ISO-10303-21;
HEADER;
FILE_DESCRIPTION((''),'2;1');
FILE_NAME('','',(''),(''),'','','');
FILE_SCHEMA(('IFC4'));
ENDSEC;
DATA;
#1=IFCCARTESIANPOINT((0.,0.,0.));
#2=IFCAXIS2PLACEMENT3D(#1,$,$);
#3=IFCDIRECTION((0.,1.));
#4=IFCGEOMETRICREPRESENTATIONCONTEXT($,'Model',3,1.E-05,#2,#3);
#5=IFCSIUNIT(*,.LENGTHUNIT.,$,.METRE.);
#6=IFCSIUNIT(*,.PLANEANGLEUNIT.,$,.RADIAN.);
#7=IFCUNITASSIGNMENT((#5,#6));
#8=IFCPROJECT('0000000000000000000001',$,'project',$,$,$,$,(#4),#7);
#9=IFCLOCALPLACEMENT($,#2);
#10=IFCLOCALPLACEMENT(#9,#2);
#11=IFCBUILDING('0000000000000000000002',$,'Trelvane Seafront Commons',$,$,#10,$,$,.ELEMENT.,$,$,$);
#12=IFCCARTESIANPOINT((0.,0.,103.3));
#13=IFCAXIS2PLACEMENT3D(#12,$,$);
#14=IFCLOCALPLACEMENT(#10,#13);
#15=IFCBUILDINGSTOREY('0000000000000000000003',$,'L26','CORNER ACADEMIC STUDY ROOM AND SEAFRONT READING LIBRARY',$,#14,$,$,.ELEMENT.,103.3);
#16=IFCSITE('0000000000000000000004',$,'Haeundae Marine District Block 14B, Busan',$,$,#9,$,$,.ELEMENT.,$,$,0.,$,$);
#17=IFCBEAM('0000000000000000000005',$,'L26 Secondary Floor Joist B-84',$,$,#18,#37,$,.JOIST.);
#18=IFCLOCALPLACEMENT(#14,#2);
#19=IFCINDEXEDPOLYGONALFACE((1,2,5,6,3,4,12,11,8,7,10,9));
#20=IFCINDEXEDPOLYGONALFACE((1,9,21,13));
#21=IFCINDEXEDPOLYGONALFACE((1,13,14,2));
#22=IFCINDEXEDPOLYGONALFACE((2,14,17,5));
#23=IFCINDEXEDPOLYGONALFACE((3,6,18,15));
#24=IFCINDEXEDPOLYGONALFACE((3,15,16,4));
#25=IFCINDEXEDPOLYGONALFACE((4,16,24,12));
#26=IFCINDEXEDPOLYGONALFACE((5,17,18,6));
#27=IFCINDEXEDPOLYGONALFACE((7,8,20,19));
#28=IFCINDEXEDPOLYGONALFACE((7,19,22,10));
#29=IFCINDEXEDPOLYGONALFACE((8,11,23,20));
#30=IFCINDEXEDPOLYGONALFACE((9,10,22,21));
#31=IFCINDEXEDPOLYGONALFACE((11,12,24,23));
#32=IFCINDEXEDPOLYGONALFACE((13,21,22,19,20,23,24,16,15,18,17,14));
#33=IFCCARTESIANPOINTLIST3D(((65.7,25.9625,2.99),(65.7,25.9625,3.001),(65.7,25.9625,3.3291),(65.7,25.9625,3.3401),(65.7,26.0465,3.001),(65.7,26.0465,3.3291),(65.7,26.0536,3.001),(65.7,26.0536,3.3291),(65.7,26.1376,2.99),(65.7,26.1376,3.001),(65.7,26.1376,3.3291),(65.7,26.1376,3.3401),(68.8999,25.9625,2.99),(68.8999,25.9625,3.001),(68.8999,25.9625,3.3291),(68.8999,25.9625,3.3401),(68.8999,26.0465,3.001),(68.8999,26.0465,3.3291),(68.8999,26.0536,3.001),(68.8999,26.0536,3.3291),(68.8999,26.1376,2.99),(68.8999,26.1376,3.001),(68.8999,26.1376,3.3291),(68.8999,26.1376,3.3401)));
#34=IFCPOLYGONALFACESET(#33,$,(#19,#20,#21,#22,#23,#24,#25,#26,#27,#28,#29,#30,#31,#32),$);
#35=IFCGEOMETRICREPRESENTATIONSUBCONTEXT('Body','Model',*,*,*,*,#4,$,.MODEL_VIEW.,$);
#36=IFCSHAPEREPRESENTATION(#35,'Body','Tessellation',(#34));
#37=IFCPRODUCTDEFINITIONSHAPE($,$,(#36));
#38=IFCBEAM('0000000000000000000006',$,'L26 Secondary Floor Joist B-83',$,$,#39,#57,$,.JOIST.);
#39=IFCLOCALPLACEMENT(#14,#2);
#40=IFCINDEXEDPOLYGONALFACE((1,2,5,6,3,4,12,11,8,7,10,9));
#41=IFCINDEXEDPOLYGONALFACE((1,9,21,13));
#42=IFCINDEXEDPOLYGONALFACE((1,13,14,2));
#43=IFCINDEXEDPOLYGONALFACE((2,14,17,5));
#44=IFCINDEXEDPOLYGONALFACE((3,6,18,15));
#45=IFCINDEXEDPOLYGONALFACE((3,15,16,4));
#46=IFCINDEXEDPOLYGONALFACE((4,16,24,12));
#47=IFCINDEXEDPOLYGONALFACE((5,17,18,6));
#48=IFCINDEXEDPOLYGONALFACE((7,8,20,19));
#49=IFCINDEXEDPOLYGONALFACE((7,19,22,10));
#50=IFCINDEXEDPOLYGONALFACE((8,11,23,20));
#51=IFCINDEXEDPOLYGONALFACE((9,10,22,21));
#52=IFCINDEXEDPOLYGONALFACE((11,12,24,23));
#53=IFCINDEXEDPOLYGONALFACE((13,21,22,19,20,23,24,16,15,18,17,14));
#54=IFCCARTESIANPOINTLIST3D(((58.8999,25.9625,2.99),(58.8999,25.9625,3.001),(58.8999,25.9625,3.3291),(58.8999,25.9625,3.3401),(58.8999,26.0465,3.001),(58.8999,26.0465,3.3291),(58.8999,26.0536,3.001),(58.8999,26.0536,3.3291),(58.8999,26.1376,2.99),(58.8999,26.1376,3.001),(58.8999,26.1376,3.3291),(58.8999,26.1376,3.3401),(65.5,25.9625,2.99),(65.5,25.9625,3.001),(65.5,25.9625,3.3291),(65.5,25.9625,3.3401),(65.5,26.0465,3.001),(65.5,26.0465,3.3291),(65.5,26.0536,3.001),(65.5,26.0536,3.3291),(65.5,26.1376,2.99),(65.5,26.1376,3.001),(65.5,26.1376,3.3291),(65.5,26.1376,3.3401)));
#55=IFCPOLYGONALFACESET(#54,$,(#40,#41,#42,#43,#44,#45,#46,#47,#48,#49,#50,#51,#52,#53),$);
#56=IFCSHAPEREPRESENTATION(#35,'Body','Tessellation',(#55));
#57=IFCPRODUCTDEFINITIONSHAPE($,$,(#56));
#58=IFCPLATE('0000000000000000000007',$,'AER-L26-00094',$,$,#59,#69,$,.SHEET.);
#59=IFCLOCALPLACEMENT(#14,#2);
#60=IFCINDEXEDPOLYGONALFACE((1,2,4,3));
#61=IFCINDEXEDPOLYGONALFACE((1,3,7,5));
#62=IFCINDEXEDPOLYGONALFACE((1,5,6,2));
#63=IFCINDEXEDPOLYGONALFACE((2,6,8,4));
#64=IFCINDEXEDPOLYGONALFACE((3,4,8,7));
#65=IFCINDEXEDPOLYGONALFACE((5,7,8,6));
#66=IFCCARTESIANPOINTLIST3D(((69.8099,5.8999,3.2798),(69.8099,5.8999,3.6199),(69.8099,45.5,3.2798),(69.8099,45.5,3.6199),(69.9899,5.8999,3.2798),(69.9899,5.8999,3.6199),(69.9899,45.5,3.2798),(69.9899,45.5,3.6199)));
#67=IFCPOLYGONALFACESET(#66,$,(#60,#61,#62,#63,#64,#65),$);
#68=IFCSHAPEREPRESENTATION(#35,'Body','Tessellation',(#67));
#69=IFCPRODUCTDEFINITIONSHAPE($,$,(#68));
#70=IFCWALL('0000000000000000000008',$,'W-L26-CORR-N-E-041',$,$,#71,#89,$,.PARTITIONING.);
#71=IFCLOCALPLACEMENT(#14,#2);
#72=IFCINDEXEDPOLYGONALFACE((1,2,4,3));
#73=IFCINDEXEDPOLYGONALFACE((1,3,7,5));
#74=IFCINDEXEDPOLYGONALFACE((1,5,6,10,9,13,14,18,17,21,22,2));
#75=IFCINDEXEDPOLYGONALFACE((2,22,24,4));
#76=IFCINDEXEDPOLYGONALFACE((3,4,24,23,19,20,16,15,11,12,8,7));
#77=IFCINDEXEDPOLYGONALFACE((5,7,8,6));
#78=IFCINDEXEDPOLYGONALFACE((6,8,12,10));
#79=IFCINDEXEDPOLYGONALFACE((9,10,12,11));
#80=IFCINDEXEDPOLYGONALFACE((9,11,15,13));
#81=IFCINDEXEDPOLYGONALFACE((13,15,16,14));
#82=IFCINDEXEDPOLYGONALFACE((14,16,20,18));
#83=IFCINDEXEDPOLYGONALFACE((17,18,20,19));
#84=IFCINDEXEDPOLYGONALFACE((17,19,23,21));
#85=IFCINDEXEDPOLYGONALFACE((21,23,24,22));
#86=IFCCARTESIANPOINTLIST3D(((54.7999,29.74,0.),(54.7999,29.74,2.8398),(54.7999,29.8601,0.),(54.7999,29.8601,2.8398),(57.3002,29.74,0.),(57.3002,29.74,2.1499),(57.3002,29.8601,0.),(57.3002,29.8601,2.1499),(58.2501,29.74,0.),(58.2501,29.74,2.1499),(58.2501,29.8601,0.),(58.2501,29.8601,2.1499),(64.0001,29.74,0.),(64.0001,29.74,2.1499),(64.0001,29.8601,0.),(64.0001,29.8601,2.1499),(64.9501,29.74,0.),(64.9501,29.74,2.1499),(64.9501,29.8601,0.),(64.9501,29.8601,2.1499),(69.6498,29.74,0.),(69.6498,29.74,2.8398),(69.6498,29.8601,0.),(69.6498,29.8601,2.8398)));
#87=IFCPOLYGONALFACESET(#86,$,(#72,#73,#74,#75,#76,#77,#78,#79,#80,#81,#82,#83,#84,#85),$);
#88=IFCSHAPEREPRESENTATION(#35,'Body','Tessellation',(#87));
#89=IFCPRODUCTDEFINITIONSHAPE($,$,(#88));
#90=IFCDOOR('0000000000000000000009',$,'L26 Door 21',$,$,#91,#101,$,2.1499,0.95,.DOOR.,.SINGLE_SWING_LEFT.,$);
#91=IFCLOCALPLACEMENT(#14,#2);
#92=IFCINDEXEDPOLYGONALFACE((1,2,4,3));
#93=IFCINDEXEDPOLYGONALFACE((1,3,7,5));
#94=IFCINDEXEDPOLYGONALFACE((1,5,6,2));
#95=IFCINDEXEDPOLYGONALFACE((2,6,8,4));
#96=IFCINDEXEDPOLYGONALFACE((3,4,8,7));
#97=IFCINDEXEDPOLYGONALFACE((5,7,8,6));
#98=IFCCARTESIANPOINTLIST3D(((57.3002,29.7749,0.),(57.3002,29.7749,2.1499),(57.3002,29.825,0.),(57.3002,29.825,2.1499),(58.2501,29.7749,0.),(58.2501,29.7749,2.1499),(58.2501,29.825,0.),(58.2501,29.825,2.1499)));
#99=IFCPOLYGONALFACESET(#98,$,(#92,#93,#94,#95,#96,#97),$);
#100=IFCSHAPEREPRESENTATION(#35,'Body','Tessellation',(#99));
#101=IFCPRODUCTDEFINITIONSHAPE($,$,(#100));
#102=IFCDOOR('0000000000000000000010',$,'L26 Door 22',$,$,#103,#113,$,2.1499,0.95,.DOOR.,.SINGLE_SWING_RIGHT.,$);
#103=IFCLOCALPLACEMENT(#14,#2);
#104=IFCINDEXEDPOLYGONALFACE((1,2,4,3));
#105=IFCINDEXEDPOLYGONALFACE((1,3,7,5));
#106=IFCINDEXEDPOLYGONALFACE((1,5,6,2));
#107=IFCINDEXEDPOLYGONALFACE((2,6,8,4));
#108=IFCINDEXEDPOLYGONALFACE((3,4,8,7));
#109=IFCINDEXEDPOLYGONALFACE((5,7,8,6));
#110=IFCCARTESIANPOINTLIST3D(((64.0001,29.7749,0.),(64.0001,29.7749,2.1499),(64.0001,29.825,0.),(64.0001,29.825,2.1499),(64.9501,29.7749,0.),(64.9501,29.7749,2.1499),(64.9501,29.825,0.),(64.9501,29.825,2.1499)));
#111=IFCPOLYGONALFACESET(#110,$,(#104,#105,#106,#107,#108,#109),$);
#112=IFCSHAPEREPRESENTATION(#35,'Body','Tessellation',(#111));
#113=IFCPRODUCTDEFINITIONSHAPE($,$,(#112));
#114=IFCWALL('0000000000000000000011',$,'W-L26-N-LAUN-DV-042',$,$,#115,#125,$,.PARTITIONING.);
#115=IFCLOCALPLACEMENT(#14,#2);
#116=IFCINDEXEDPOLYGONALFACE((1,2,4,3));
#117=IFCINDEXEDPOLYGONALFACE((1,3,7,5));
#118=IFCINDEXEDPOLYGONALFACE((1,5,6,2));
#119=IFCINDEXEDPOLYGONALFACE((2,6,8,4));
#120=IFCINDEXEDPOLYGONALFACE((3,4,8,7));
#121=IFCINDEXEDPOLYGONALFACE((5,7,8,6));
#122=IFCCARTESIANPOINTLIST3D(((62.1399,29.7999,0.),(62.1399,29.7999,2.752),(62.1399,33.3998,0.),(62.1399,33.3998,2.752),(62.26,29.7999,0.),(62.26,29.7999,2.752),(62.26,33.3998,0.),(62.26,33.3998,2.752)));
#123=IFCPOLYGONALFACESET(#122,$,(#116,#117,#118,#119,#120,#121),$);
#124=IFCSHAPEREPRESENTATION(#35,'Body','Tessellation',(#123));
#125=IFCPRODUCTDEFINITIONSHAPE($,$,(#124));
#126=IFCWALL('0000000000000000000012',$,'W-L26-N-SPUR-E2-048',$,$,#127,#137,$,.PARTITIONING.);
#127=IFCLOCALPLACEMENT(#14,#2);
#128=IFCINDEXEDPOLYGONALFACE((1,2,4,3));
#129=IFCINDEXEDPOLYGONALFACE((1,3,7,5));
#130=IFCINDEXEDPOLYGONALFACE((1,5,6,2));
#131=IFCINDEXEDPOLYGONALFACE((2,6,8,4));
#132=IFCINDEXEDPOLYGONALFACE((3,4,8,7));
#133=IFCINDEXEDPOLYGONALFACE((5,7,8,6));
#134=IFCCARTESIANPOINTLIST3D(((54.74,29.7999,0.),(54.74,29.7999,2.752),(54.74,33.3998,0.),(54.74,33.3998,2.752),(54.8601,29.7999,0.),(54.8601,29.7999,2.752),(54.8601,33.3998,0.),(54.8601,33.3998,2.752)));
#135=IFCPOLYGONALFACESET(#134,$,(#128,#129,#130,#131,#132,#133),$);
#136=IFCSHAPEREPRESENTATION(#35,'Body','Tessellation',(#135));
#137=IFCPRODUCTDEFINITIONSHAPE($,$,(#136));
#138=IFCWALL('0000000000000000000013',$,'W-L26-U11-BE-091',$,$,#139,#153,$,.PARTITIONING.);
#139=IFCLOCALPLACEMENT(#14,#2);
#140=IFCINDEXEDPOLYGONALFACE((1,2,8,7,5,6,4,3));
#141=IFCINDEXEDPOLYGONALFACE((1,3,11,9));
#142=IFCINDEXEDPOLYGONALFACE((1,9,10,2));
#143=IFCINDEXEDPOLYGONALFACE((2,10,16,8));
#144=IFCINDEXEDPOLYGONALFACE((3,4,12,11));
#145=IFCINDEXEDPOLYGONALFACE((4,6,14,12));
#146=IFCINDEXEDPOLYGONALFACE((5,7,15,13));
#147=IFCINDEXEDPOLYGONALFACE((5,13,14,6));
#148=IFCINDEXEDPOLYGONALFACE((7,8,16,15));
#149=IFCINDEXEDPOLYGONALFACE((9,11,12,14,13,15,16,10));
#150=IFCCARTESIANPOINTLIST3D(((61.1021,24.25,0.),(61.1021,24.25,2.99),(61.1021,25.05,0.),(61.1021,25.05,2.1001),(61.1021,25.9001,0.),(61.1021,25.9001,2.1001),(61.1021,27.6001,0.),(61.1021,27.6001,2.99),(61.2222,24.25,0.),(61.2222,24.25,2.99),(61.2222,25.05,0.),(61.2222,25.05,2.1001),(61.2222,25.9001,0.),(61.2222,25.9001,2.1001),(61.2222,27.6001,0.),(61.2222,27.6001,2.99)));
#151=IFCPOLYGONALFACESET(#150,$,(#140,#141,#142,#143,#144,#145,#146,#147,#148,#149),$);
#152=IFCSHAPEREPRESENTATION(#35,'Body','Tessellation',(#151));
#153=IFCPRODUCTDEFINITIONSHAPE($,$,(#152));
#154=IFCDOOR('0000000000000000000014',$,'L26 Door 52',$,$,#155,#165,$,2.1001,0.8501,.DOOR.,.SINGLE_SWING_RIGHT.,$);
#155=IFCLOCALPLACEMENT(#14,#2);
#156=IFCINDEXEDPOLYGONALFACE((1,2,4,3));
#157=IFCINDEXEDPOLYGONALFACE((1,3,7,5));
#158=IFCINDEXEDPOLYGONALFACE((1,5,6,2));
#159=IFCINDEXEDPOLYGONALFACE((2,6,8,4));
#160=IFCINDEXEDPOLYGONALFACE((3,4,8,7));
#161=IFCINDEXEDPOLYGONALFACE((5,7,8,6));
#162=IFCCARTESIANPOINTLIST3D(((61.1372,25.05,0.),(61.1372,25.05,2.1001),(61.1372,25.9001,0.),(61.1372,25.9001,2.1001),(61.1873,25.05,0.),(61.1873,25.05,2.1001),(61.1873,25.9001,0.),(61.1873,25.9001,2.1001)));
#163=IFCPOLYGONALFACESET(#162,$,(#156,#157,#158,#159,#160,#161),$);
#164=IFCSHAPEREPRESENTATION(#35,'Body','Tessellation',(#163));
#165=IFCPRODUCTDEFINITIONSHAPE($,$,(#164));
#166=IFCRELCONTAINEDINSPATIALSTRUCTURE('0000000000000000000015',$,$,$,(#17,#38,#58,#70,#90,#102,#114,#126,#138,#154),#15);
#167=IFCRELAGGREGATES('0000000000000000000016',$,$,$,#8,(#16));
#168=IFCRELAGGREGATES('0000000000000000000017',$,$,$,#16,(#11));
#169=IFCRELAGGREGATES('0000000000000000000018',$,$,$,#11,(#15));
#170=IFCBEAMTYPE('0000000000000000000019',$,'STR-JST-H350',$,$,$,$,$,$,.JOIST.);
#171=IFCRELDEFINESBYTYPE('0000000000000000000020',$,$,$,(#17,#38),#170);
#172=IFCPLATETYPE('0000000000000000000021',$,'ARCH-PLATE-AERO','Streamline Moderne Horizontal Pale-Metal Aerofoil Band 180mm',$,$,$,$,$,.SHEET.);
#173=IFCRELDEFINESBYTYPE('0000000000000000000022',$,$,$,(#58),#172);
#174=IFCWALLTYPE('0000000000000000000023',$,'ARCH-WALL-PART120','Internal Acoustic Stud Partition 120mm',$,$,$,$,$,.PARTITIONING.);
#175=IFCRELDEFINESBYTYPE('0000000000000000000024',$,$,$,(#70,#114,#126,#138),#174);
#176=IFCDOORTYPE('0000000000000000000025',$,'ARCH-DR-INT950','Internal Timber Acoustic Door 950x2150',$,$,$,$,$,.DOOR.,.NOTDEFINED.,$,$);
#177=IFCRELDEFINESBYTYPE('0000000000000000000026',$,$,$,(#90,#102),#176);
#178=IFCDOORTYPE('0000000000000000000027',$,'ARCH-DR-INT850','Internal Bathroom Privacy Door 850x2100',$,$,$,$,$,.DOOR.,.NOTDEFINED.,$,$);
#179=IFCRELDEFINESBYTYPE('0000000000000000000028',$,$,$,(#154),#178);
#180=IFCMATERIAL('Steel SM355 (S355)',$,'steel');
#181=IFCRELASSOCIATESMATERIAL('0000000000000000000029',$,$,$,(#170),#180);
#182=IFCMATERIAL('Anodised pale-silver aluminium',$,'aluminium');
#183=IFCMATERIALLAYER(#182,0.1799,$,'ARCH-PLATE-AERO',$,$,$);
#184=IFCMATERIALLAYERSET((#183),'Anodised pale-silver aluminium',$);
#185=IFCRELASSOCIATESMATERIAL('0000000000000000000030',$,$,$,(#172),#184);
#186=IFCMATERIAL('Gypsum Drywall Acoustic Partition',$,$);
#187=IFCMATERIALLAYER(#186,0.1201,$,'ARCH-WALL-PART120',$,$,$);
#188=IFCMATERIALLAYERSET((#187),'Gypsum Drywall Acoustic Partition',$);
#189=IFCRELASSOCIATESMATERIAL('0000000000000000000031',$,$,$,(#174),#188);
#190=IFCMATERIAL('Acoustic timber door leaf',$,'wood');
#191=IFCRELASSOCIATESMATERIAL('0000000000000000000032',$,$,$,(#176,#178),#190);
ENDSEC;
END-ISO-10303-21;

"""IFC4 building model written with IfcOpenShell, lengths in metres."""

from ifc_helpers import new_model, si_unit, direction, frame, frame_2d, origin, origin_2d, place, context, subcontext, project, spatial, rectangle, i_section, extrude, source, transform, mapped, material, layer, layer_set, material_profile, profile_set, type_object, element, fill, save


model = new_model("IFC4")

# Units and contexts
model_context = context("Model", 3, precision=1e-05, world=origin(), true_north=direction((0.0, 1.0)))
body_context = subcontext(model_context, "Body", "Model", "MODEL_VIEW")
ifc_project = project(units=[si_unit("LENGTHUNIT", "METRE"), si_unit("PLANEANGLEUNIT", "RADIAN")], contexts=[model_context])

# Site, building, storey
site_placement = place(None, origin())
site = spatial("IfcSite", under=ifc_project, at=site_placement, Name="Haeundae Marine District Block 14B, Busan", CompositionType="ELEMENT", RefElevation=0.0)
building_placement = place(site_placement, origin())
building = spatial("IfcBuilding", under=site, at=building_placement, Name="Trelvane Seafront Commons", CompositionType="ELEMENT")
storey_placement = place(building_placement, frame((0.0, 0.0, 103.3)))
storey = spatial("IfcBuildingStorey", under=building, at=storey_placement, Name="L26", Description="CORNER ACADEMIC STUDY ROOM AND SEAFRONT READING LIBRARY", CompositionType="ELEMENT", Elevation=103.3)

# Beams
ifc_material_1 = material(Name="Steel SM355 (S355)", Category="steel")
ifc_material_profile = material_profile(ifc_material_1, i_section(OverallWidth=0.175, OverallDepth=0.3501, WebThickness=0.0071, FlangeThickness=0.011, at=origin_2d()), Name="H-350x175x7x11")
ifc_profile_set = profile_set([ifc_material_profile], Name="Steel SM355 (S355)")
beam_type = type_object("IfcBeamType", Name="STR-JST-H350", PredefinedType="JOIST", material=ifc_profile_set)
shared_shape_1 = source(origin(), body_context, "Body", "SweptSolid", [
    extrude(i_section(OverallWidth=0.175, OverallDepth=0.3501, WebThickness=0.0071, FlangeThickness=0.011, at=origin_2d()), origin(), (0.0, 0.0, 1.0), 3.2),
])
beam_1_placement = place(storey_placement, frame((65.7, 26.05, 3.165), z_axis=(1.0, 0.0, 0.0), x_axis=(0.0, 1.0, 0.0)))
element("IfcBeam", 1, at=beam_1_placement, inside=storey, type_object=beam_type, Name="L26 Secondary Floor Joist B-84", PredefinedType="JOIST", context=body_context, shape_type="MappedRepresentation", body=[
    mapped(shared_shape_1, transform((0.0, 0.0, 0.0), x_axis=(1.0, 0.0, 0.0), y_axis=(0.0, 1.0, 0.0), z_axis=(0.0, 0.0, 1.0), scale=1.0)),
])
shared_shape_2 = source(origin(), body_context, "Body", "SweptSolid", [
    extrude(i_section(OverallWidth=0.175, OverallDepth=0.3501, WebThickness=0.0071, FlangeThickness=0.011, at=origin_2d()), origin(), (0.0, 0.0, 1.0), 6.6001),
])
beam_2_placement = place(storey_placement, frame((58.8999, 26.05, 3.165), z_axis=(1.0, 0.0, 0.0), x_axis=(0.0, 1.0, 0.0)))
element("IfcBeam", 2, at=beam_2_placement, inside=storey, type_object=beam_type, Name="L26 Secondary Floor Joist B-83", PredefinedType="JOIST", context=body_context, shape_type="MappedRepresentation", body=[
    mapped(shared_shape_2, transform((0.0, 0.0, 0.0), x_axis=(1.0, 0.0, 0.0), y_axis=(0.0, 1.0, 0.0), z_axis=(0.0, 0.0, 1.0), scale=1.0)),
])

# Plate
ifc_material_2 = material(Name="Anodised pale-silver aluminium", Category="aluminium")
ifc_layer_1 = layer(ifc_material_2, 0.1799, Name="ARCH-PLATE-AERO")
ifc_layer_set_1 = layer_set([ifc_layer_1], Name="Anodised pale-silver aluminium")
plate_type = type_object("IfcPlateType", Name="ARCH-PLATE-AERO", Description="Streamline Moderne Horizontal Pale-Metal Aerofoil Band 180mm", PredefinedType="SHEET", material=ifc_layer_set_1)
shared_shape_3 = source(origin(), body_context, "Body", "SweptSolid", [
    extrude(rectangle(XDim=39.6001, YDim=0.1799, at=origin_2d()), origin(), (0.0, 0.0, 1.0), 0.3401),
])
plate_placement = place(storey_placement, frame((69.8999, 25.7, 3.2798), z_axis=(0.0, 0.0, 1.0), x_axis=(0.0, -1.0, 0.0)))
element("IfcPlate", 3, at=plate_placement, inside=storey, type_object=plate_type, Name="AER-L26-00094", PredefinedType="SHEET", context=body_context, shape_type="MappedRepresentation", body=[
    mapped(shared_shape_3, transform((0.0, 0.0, 0.0), x_axis=(1.0, 0.0, 0.0), y_axis=(0.0, 1.0, 0.0), z_axis=(0.0, 0.0, 1.0), scale=1.0)),
])

# Wall, openings, doors
ifc_material_3 = material(Name="Gypsum Drywall Acoustic Partition")
ifc_layer_2 = layer(ifc_material_3, 0.1201, Name="ARCH-WALL-PART120")
ifc_layer_set_2 = layer_set([ifc_layer_2], Name="Gypsum Drywall Acoustic Partition")
wall_type_1 = type_object("IfcWallType", Name="ARCH-WALL-PART120", Description="Internal Acoustic Stud Partition 120mm", PredefinedType="PARTITIONING", material=ifc_layer_set_2)
wall_1_placement = place(storey_placement, frame((54.8, 29.8, 0.0), z_axis=(0.0, 0.0, 1.0), x_axis=(1.0, 0.0, 0.0)))
wall_1 = element("IfcWall", 4, at=wall_1_placement, inside=storey, type_object=wall_type_1, Name="W-L26-CORR-N-E-041", PredefinedType="PARTITIONING", context=body_context, shape_type="SweptSolid", body=[
    extrude(rectangle(XDim=14.8499, YDim=0.1201, at=frame_2d((7.4248, 0.0))), origin(), (0.0, 0.0, 1.0), 2.8398),
])
opening_1_placement = place(wall_1_placement, frame((2.5, 0.0, 0.0)))
opening_1 = element("IfcOpeningElement", 5, at=opening_1_placement, cuts=wall_1, PredefinedType="OPENING", context=body_context, shape_type="SweptSolid", body=[
    extrude(rectangle(XDim=0.95, YDim=2.1499, at=frame_2d((0.4751, 1.075))), frame((0.0, 0.0701, 0.0), z_axis=(0.0, -1.0, 0.0), x_axis=(1.0, 0.0, 0.0)), (0.0, 0.0, 1.0), 0.1401),
])
opening_2_placement = place(wall_1_placement, frame((9.2, 0.0, 0.0)))
opening_2 = element("IfcOpeningElement", 6, at=opening_2_placement, cuts=wall_1, PredefinedType="OPENING", context=body_context, shape_type="SweptSolid", body=[
    extrude(rectangle(XDim=0.95, YDim=2.1499, at=frame_2d((0.4751, 1.075))), frame((0.0, 0.0701, 0.0), z_axis=(0.0, -1.0, 0.0), x_axis=(1.0, 0.0, 0.0)), (0.0, 0.0, 1.0), 0.1401),
])
ifc_material_4 = material(Name="Acoustic timber door leaf", Category="wood")
door_type_1 = type_object("IfcDoorType", Name="ARCH-DR-INT950", Description="Internal Timber Acoustic Door 950x2150", OperationType="NOTDEFINED", PredefinedType="DOOR", material=ifc_material_4)
shared_shape_4 = source(origin(), body_context, "Body", "SweptSolid", [
    extrude(rectangle(XDim=0.95, YDim=2.1499, at=frame_2d((0.4751, 1.075))), frame((0.0, 0.0249, 0.0), z_axis=(0.0, -1.0, 0.0), x_axis=(1.0, 0.0, 0.0)), (0.0, 0.0, 1.0), 0.05),
])
door_1_placement = place(opening_1_placement, origin())
door_1 = element("IfcDoor", 7, at=door_1_placement, inside=storey, type_object=door_type_1, Name="L26 Door 21", OperationType="SINGLE_SWING_LEFT", OverallHeight=2.1499, OverallWidth=0.95, PredefinedType="DOOR", context=body_context, shape_type="MappedRepresentation", body=[
    mapped(shared_shape_4, transform((0.0, 0.0, 0.0), x_axis=(1.0, 0.0, 0.0), y_axis=(0.0, 1.0, 0.0), z_axis=(0.0, 0.0, 1.0), scale=1.0)),
])
fill(opening_1, door_1)
door_2_placement = place(opening_2_placement, origin())
door_2 = element("IfcDoor", 8, at=door_2_placement, inside=storey, type_object=door_type_1, Name="L26 Door 22", OperationType="SINGLE_SWING_RIGHT", OverallHeight=2.1499, OverallWidth=0.95, PredefinedType="DOOR", context=body_context, shape_type="MappedRepresentation", body=[
    mapped(shared_shape_4, transform((0.0, 0.0, 0.0), x_axis=(1.0, 0.0, 0.0), y_axis=(0.0, 1.0, 0.0), z_axis=(0.0, 0.0, 1.0), scale=1.0)),
])
fill(opening_2, door_2)

# Walls
for number, where, z_axis, x_axis, name in (
    (9, (62.2, 29.8, 0.0), (0.0, 0.0, 1.0), (0.0, 1.0, 0.0), "W-L26-N-LAUN-DV-042"),
    (10, (54.8, 29.8, 0.0), (0.0, 0.0, 1.0), (0.0, 1.0, 0.0), "W-L26-N-SPUR-E2-048"),
):
    element("IfcWall", number, at=place(storey_placement, frame(where, z_axis=z_axis, x_axis=x_axis)), inside=storey, type_object=wall_type_1, Name=name, PredefinedType="PARTITIONING", context=body_context, shape_type="SweptSolid", body=[
        extrude(rectangle(XDim=3.5999, YDim=0.1201, at=frame_2d((1.7998, 0.0))), origin(), (0.0, 0.0, 1.0), 2.752),
    ])

# Wall, opening, door
wall_2_placement = place(storey_placement, frame((61.1621, 24.25, 0.0), z_axis=(0.0, 0.0, 1.0), x_axis=(0.0, 1.0, 0.0)))
wall_2 = element("IfcWall", 11, at=wall_2_placement, inside=storey, type_object=wall_type_1, Name="W-L26-U11-BE-091", PredefinedType="PARTITIONING", context=body_context, shape_type="SweptSolid", body=[
    extrude(rectangle(XDim=3.3501, YDim=0.1201, at=frame_2d((1.675, 0.0))), origin(), (0.0, 0.0, 1.0), 2.99),
])
opening_3_placement = place(wall_2_placement, frame((0.8, 0.0, 0.0)))
opening_3 = element("IfcOpeningElement", 12, at=opening_3_placement, cuts=wall_2, PredefinedType="OPENING", context=body_context, shape_type="SweptSolid", body=[
    extrude(rectangle(XDim=0.8501, YDim=2.1001, at=frame_2d((0.425, 1.05))), frame((0.0, 0.0701, 0.0), z_axis=(0.0, -1.0, 0.0), x_axis=(1.0, 0.0, 0.0)), (0.0, 0.0, 1.0), 0.1401),
])
door_type_2 = type_object("IfcDoorType", Name="ARCH-DR-INT850", Description="Internal Bathroom Privacy Door 850x2100", OperationType="NOTDEFINED", PredefinedType="DOOR", material=ifc_material_4)
shared_shape_5 = source(origin(), body_context, "Body", "SweptSolid", [
    extrude(rectangle(XDim=0.8501, YDim=2.1001, at=frame_2d((0.425, 1.05))), frame((0.0, 0.0249, 0.0), z_axis=(0.0, -1.0, 0.0), x_axis=(1.0, 0.0, 0.0)), (0.0, 0.0, 1.0), 0.05),
])
door_3_placement = place(opening_3_placement, origin())
door_3 = element("IfcDoor", 13, at=door_3_placement, inside=storey, type_object=door_type_2, Name="L26 Door 52", OperationType="SINGLE_SWING_RIGHT", OverallHeight=2.1001, OverallWidth=0.8501, PredefinedType="DOOR", context=body_context, shape_type="MappedRepresentation", body=[
    mapped(shared_shape_5, transform((0.0, 0.0, 0.0), x_axis=(1.0, 0.0, 0.0), y_axis=(0.0, 1.0, 0.0), z_axis=(0.0, 0.0, 1.0), scale=1.0)),
])
fill(opening_3, door_3)

save(model, "model.ifc")
